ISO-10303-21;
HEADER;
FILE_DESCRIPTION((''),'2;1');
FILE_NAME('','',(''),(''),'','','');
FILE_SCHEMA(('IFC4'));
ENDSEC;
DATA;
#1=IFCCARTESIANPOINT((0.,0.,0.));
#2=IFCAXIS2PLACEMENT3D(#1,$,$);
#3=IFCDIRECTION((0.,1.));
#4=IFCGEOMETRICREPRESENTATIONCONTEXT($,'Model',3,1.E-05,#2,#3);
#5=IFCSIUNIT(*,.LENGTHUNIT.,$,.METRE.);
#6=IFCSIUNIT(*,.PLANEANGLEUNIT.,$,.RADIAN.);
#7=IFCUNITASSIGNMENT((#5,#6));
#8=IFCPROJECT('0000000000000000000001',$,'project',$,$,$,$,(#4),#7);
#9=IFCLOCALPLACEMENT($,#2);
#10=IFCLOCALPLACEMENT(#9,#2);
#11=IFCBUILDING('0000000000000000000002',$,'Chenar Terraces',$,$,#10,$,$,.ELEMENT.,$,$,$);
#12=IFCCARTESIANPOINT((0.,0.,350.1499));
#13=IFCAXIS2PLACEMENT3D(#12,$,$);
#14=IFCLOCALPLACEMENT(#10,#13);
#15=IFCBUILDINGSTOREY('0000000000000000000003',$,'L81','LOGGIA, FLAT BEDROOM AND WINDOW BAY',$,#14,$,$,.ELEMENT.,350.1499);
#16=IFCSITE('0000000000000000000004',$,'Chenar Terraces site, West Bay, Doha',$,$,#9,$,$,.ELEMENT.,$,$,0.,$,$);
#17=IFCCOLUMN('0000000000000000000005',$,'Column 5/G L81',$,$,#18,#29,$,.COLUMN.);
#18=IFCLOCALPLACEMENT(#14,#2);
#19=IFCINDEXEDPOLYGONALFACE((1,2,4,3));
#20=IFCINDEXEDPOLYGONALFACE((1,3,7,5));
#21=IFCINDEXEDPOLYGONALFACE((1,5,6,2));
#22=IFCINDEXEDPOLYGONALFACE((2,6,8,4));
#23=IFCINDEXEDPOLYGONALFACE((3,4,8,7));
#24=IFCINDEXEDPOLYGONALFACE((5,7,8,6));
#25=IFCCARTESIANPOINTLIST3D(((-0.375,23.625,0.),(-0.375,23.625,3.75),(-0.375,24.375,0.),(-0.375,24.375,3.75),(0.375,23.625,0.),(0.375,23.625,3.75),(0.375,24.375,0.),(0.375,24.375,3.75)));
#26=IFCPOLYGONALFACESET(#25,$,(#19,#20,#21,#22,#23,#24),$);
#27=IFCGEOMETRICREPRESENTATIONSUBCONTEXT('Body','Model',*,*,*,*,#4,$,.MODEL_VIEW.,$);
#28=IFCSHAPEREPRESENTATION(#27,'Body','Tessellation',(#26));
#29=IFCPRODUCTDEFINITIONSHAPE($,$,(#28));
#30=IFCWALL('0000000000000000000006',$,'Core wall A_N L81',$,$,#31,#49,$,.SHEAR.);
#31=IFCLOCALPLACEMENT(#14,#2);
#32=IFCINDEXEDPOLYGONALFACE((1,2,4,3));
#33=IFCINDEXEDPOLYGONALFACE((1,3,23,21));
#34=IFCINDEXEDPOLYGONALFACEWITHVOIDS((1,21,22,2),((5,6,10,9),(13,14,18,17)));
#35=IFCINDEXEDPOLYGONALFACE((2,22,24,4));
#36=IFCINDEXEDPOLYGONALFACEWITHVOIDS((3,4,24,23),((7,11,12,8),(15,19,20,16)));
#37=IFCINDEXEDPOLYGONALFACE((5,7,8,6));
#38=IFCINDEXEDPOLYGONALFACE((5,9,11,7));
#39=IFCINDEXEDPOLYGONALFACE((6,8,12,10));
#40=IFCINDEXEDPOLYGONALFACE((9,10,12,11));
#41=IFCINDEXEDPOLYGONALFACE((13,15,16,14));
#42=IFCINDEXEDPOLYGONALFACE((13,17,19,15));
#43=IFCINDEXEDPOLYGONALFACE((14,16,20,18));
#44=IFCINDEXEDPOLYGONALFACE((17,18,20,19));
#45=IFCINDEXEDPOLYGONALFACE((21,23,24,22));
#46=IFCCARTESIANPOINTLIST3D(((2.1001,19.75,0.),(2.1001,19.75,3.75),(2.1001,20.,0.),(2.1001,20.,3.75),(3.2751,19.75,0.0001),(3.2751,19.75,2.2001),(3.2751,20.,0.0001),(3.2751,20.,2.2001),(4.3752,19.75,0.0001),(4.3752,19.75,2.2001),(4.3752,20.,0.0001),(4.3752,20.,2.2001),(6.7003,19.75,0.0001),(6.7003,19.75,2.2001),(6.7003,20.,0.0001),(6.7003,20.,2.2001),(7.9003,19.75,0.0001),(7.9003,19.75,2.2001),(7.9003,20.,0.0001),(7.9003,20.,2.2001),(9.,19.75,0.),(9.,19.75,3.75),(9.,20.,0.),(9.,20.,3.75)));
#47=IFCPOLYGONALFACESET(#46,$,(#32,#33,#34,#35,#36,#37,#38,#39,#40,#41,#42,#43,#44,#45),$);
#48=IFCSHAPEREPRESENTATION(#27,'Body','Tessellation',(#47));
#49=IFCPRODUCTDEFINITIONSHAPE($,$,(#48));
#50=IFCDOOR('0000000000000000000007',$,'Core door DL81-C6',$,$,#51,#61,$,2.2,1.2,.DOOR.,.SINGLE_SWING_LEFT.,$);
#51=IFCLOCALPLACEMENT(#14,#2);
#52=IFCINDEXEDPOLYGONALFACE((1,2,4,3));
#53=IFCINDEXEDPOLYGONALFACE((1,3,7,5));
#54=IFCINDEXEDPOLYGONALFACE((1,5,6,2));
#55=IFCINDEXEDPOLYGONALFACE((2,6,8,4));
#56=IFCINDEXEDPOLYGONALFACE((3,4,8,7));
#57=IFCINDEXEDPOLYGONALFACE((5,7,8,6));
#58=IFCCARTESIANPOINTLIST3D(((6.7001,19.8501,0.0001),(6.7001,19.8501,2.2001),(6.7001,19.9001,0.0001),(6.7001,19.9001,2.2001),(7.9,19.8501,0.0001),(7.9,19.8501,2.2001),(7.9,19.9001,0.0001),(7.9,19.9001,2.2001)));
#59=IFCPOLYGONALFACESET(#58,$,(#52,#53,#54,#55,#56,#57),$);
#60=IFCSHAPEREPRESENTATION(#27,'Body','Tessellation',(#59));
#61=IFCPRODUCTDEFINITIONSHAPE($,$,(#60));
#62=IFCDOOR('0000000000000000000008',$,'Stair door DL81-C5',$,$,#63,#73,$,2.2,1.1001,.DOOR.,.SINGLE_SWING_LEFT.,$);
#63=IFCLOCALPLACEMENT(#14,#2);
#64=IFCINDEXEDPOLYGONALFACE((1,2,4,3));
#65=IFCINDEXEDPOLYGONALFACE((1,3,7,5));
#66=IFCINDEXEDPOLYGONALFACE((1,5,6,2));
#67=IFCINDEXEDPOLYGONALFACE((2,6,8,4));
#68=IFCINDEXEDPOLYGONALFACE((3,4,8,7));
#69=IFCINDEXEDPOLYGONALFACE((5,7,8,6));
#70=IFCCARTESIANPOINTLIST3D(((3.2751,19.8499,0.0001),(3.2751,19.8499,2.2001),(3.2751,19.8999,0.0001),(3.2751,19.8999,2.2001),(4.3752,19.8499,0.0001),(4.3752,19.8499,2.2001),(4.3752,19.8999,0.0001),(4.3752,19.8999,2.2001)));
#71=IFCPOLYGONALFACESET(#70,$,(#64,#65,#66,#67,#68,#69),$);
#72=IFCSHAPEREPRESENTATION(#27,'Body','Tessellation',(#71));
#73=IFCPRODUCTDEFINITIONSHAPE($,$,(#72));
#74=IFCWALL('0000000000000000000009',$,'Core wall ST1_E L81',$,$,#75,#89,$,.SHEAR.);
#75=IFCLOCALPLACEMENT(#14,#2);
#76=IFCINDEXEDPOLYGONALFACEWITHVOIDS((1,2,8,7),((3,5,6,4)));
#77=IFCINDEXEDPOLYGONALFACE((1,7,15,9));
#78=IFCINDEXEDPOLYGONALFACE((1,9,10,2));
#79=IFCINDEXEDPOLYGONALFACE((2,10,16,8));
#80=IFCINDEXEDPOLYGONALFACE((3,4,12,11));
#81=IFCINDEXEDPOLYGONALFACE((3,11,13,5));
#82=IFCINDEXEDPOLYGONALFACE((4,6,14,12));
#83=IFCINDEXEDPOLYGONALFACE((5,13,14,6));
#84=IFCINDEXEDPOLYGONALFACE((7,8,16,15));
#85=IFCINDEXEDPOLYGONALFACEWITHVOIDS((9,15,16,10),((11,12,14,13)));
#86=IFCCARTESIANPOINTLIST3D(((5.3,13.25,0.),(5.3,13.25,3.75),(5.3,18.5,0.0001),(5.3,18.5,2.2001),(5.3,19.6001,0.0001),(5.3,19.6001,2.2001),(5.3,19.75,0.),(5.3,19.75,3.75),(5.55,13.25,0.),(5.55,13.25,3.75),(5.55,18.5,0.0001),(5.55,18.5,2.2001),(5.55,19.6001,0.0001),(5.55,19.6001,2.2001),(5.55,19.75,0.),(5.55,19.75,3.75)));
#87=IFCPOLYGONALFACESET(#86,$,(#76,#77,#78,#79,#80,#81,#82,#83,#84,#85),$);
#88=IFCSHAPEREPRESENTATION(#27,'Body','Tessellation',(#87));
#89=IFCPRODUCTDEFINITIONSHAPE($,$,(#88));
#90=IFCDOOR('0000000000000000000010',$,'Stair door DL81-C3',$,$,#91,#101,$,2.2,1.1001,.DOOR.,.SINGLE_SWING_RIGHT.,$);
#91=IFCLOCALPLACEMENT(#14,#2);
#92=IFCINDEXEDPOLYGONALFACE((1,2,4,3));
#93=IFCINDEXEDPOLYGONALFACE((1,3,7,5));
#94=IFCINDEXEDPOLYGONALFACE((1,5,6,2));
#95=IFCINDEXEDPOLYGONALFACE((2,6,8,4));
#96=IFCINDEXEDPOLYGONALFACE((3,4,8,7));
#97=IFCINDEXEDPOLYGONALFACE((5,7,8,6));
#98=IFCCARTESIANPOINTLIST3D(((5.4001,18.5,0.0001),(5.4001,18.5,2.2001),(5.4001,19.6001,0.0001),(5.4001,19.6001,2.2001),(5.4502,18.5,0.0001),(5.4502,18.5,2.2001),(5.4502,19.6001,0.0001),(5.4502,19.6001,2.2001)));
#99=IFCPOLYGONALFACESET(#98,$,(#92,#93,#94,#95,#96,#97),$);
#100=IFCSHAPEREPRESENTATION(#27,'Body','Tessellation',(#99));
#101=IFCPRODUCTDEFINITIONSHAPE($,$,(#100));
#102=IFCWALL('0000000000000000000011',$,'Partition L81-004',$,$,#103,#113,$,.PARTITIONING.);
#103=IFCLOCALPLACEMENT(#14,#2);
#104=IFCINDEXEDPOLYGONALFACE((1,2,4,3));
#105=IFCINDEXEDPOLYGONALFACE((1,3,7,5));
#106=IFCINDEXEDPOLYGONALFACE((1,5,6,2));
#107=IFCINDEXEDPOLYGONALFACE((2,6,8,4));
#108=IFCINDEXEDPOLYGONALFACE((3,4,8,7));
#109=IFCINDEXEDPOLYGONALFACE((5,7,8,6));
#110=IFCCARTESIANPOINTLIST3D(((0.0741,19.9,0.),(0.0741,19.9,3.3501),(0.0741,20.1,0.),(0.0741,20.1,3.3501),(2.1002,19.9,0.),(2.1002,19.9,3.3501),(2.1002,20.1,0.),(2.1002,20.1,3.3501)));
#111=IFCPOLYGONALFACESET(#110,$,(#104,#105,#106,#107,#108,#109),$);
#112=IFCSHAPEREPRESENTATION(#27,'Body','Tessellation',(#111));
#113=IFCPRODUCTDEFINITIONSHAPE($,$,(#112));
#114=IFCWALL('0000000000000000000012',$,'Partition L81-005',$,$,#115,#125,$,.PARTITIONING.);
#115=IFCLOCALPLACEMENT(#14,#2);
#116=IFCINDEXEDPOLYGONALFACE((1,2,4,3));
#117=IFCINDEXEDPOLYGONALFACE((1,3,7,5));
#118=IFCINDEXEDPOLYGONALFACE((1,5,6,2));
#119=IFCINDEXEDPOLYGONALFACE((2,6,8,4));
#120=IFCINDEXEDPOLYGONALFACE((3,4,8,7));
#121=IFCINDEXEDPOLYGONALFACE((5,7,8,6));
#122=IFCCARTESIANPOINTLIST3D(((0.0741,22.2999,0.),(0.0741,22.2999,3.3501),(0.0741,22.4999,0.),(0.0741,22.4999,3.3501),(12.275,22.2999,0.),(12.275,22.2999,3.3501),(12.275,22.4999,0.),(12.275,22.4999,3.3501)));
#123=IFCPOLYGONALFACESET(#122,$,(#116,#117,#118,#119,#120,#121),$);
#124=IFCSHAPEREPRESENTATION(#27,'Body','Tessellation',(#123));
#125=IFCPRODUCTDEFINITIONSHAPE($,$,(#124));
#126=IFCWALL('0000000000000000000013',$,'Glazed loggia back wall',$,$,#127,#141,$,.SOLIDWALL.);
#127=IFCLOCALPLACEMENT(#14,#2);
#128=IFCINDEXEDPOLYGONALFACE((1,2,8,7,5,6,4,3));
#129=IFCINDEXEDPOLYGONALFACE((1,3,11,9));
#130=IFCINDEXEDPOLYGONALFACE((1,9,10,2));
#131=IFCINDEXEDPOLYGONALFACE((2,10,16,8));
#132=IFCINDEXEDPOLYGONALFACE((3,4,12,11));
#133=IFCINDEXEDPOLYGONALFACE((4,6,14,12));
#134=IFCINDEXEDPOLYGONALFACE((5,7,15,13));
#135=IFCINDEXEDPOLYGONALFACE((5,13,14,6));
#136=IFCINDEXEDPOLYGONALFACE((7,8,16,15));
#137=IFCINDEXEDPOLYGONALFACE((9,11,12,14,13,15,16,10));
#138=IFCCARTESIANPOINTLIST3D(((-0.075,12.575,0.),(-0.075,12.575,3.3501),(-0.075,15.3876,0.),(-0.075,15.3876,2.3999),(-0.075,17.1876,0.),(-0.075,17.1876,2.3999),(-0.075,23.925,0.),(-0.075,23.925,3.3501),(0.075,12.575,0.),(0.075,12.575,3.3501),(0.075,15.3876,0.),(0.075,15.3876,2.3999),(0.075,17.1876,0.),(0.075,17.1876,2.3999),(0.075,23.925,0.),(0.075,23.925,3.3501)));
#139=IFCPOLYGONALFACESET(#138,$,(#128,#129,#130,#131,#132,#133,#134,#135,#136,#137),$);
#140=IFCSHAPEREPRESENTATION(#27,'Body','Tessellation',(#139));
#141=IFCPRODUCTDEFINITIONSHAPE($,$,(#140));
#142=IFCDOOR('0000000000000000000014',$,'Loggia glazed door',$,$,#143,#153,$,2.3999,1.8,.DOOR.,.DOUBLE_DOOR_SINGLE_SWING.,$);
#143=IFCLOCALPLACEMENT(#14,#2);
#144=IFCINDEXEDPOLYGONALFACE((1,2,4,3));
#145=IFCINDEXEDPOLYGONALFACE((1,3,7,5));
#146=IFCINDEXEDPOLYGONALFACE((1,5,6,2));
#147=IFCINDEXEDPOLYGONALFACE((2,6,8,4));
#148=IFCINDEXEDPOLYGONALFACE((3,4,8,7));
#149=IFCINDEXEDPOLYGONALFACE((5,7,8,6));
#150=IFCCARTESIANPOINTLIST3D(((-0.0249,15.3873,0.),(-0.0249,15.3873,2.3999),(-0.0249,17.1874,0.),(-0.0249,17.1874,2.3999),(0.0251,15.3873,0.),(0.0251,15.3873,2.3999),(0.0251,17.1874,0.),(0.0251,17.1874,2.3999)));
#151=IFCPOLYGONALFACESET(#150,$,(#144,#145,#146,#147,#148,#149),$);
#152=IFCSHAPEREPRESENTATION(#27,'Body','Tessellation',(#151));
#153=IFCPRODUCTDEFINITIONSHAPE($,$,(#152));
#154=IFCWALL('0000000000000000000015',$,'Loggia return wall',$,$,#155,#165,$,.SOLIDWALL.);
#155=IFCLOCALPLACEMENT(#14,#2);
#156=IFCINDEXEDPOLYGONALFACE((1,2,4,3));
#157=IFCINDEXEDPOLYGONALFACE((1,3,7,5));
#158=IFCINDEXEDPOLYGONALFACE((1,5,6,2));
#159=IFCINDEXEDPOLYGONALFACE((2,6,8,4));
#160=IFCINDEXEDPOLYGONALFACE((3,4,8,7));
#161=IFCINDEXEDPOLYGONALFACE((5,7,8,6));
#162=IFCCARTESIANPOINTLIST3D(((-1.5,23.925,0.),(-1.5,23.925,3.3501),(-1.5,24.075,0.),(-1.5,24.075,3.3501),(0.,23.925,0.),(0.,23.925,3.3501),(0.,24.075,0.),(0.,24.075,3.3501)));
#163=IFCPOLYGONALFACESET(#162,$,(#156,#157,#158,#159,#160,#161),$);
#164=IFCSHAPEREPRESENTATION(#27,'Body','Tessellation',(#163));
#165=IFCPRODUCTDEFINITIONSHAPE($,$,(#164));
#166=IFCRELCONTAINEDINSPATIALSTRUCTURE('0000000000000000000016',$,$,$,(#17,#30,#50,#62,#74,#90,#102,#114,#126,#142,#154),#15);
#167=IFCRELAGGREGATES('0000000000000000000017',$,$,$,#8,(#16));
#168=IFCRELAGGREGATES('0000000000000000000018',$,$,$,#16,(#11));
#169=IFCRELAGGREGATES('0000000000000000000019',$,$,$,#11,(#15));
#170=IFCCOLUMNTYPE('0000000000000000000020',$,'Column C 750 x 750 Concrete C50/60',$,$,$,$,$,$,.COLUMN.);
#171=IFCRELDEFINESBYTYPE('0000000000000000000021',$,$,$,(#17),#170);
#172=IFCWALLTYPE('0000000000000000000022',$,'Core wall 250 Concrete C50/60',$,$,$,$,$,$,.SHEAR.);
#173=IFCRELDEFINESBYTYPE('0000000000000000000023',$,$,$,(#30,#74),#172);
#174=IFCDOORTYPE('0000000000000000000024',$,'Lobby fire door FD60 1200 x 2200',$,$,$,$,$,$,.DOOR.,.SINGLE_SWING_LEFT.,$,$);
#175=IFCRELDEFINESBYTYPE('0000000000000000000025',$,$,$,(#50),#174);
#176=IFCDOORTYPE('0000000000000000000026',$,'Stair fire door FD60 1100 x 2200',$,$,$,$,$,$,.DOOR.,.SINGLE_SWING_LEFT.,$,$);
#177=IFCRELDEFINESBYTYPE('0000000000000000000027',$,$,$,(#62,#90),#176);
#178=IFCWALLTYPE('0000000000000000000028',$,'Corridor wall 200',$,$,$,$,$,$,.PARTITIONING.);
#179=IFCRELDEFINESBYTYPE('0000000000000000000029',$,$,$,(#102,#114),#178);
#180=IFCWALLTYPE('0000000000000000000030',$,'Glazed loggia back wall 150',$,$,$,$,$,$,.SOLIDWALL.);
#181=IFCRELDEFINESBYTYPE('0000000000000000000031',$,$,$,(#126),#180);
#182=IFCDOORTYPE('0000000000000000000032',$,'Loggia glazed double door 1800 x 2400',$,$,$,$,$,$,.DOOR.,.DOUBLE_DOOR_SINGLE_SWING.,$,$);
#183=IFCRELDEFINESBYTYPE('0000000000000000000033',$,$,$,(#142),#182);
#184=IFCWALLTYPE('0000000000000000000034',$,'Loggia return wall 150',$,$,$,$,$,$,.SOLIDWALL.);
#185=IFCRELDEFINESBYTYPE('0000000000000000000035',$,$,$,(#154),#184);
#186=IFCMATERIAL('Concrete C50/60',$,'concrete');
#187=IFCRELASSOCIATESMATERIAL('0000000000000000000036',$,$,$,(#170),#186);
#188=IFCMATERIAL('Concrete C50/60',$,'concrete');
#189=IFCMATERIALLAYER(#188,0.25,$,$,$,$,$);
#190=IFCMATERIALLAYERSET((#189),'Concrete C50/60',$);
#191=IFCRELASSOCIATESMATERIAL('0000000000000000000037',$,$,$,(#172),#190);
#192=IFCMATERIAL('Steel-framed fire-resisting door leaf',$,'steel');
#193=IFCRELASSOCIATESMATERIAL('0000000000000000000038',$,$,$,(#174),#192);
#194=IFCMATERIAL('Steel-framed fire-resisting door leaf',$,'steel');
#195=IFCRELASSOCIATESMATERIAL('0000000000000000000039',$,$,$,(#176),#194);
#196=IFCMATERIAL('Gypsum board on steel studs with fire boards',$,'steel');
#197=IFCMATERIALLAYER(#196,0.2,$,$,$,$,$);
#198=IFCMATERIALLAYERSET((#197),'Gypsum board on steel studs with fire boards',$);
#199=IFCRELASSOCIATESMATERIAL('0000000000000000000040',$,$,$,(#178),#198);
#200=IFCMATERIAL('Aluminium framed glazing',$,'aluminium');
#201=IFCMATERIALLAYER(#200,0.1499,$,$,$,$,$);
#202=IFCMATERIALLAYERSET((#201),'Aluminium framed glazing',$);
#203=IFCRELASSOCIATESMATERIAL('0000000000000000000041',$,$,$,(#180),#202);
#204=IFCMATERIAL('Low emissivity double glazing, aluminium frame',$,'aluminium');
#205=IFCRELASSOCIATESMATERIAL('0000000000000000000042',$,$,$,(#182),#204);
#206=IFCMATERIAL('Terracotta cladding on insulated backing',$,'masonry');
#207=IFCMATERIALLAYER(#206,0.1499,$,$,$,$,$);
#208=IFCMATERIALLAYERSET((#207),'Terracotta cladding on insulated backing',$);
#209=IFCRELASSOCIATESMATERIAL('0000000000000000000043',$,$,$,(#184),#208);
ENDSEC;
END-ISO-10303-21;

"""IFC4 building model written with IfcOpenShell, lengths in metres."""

from ifc_helpers import new_model, si_unit, direction, frame, frame_2d, origin, origin_2d, place, context, subcontext, project, spatial, rectangle, extrude, material, layer, layer_set, material_profile, profile_set, type_object, element, fill, save


model = new_model("IFC4")

# Units and contexts
model_context = context("Model", 3, precision=1e-05, world=origin(), true_north=direction((0.0, 1.0)))
body_context = subcontext(model_context, "Body", "Model", "MODEL_VIEW")
ifc_project = project(units=[si_unit("LENGTHUNIT", "METRE"), si_unit("PLANEANGLEUNIT", "RADIAN")], contexts=[model_context])

# Site, building, storey
site_placement = place(None, origin())
site = spatial("IfcSite", under=ifc_project, at=site_placement, Name="Chenar Terraces site, West Bay, Doha", CompositionType="ELEMENT", RefElevation=0.0)
building_placement = place(site_placement, origin())
building = spatial("IfcBuilding", under=site, at=building_placement, Name="Chenar Terraces", CompositionType="ELEMENT")
storey_placement = place(building_placement, frame((0.0, 0.0, 350.1499)))
storey = spatial("IfcBuildingStorey", under=building, at=storey_placement, Name="L81", Description="LOGGIA, FLAT BEDROOM AND WINDOW BAY", CompositionType="ELEMENT", Elevation=350.1499)

# Column
ifc_material_1 = material(Name="Concrete C50/60", Category="concrete")
ifc_material_profile = material_profile(ifc_material_1, rectangle(XDim=0.75, YDim=0.75, at=origin_2d()), Name="C 750 x 750")
ifc_profile_set = profile_set([ifc_material_profile], Name="Concrete C50/60")
column_type = type_object("IfcColumnType", Name="Column C 750 x 750 Concrete C50/60", PredefinedType="COLUMN", material=ifc_profile_set)
column_placement = place(storey_placement, frame((0.0, 24.0, 0.0), z_axis=(0.0, 0.0, 1.0), x_axis=(1.0, 0.0, 0.0)))
element("IfcColumn", 1, at=column_placement, inside=storey, type_object=column_type, Name="Column 5/G L81", PredefinedType="COLUMN", context=body_context, shape_type="SweptSolid", body=[
    extrude(rectangle(XDim=0.75, YDim=0.75, at=origin_2d()), origin(), (0.0, 0.0, 1.0), 3.75),
])

# Wall, openings, doors
ifc_material_2 = material(Name="Concrete C50/60", Category="concrete")
ifc_layer_1 = layer(ifc_material_2, 0.25)
ifc_layer_set_1 = layer_set([ifc_layer_1], Name="Concrete C50/60")
wall_type_1 = type_object("IfcWallType", Name="Core wall 250 Concrete C50/60", PredefinedType="SHEAR", material=ifc_layer_set_1)
wall_1_placement = place(storey_placement, frame((2.1001, 19.875, 0.0), z_axis=(0.0, 0.0, 1.0), x_axis=(1.0, 0.0, 0.0)))
wall_1 = element("IfcWall", 2, at=wall_1_placement, inside=storey, type_object=wall_type_1, Name="Core wall A_N L81", PredefinedType="SHEAR", context=body_context, shape_type="SweptSolid", body=[
    extrude(rectangle(XDim=6.8999, YDim=0.25, at=frame_2d((3.45, 0.0))), origin(), (0.0, 0.0, 1.0), 3.75),
])
opening_1_placement = place(wall_1_placement, frame((1.175, 0.0, 0.0)))
opening_1 = element("IfcOpeningElement", 3, at=opening_1_placement, cuts=wall_1, PredefinedType="OPENING", context=body_context, shape_type="SweptSolid", body=[
    extrude(rectangle(XDim=1.1001, YDim=2.2, at=frame_2d((0.55, 1.1001))), frame((0.0, 0.135, 0.0), z_axis=(0.0, -1.0, 0.0), x_axis=(1.0, 0.0, 0.0)), (0.0, 0.0, 1.0), 0.27),
])
opening_2_placement = place(wall_1_placement, frame((4.6001, 0.0, 0.0)))
opening_2 = element("IfcOpeningElement", 4, at=opening_2_placement, cuts=wall_1, PredefinedType="OPENING", context=body_context, shape_type="SweptSolid", body=[
    extrude(rectangle(XDim=1.2, YDim=2.2, at=frame_2d((0.6001, 1.1001))), frame((0.0, 0.135, 0.0), z_axis=(0.0, -1.0, 0.0), x_axis=(1.0, 0.0, 0.0)), (0.0, 0.0, 1.0), 0.27),
])
ifc_material_3 = material(Name="Steel-framed fire-resisting door leaf", Category="steel")
door_type_1 = type_object("IfcDoorType", Name="Lobby fire door FD60 1200 x 2200", OperationType="SINGLE_SWING_LEFT", PredefinedType="DOOR", material=ifc_material_3)
door_1_placement = place(opening_2_placement, frame((1.2, 0.0, 0.0), z_axis=(0.0, 0.0, 1.0), x_axis=(-1.0, 0.0, 0.0)))
door_1 = element("IfcDoor", 5, at=door_1_placement, inside=storey, type_object=door_type_1, Name="Core door DL81-C6", OperationType="SINGLE_SWING_LEFT", OverallHeight=2.2, OverallWidth=1.2, PredefinedType="DOOR", context=body_context, shape_type="SweptSolid", body=[
    extrude(rectangle(XDim=1.2, YDim=2.2, at=frame_2d((0.6001, 1.1001))), frame((0.0, 0.0249, 0.0), z_axis=(0.0, -1.0, 0.0), x_axis=(1.0, 0.0, 0.0)), (0.0, 0.0, 1.0), 0.05),
])
fill(opening_2, door_1)
ifc_material_4 = material(Name="Steel-framed fire-resisting door leaf", Category="steel")
door_type_2 = type_object("IfcDoorType", Name="Stair fire door FD60 1100 x 2200", OperationType="SINGLE_SWING_LEFT", PredefinedType="DOOR", material=ifc_material_4)
door_2_placement = place(opening_1_placement, origin())
door_2 = element("IfcDoor", 6, at=door_2_placement, inside=storey, type_object=door_type_2, Name="Stair door DL81-C5", OperationType="SINGLE_SWING_LEFT", OverallHeight=2.2, OverallWidth=1.1001, PredefinedType="DOOR", context=body_context, shape_type="SweptSolid", body=[
    extrude(rectangle(XDim=1.1001, YDim=2.2, at=frame_2d((0.55, 1.1001))), frame((0.0, 0.0249, 0.0), z_axis=(0.0, -1.0, 0.0), x_axis=(1.0, 0.0, 0.0)), (0.0, 0.0, 1.0), 0.05),
])
fill(opening_1, door_2)

# Wall, opening, door
wall_2_placement = place(storey_placement, frame((5.425, 13.25, 0.0), z_axis=(0.0, 0.0, 1.0), x_axis=(0.0, 1.0, 0.0)))
wall_2 = element("IfcWall", 7, at=wall_2_placement, inside=storey, type_object=wall_type_1, Name="Core wall ST1_E L81", PredefinedType="SHEAR", context=body_context, shape_type="SweptSolid", body=[
    extrude(rectangle(XDim=6.5, YDim=0.25, at=frame_2d((3.25, 0.0))), origin(), (0.0, 0.0, 1.0), 3.75),
])
opening_3_placement = place(wall_2_placement, frame((5.25, 0.0, 0.0)))
opening_3 = element("IfcOpeningElement", 8, at=opening_3_placement, cuts=wall_2, PredefinedType="OPENING", context=body_context, shape_type="SweptSolid", body=[
    extrude(rectangle(XDim=1.1001, YDim=2.2, at=frame_2d((0.55, 1.1001))), frame((0.0, 0.135, 0.0), z_axis=(0.0, -1.0, 0.0), x_axis=(1.0, 0.0, 0.0)), (0.0, 0.0, 1.0), 0.27),
])
door_3_placement = place(opening_3_placement, origin())
door_3 = element("IfcDoor", 9, at=door_3_placement, inside=storey, type_object=door_type_2, Name="Stair door DL81-C3", OperationType="SINGLE_SWING_RIGHT", OverallHeight=2.2, OverallWidth=1.1001, PredefinedType="DOOR", context=body_context, shape_type="SweptSolid", body=[
    extrude(rectangle(XDim=1.1001, YDim=2.2, at=frame_2d((0.55, 1.1001))), frame((0.0, 0.0249, 0.0), z_axis=(0.0, -1.0, 0.0), x_axis=(1.0, 0.0, 0.0)), (0.0, 0.0, 1.0), 0.05),
])
fill(opening_3, door_3)

# Walls
ifc_material_5 = material(Name="Gypsum board on steel studs with fire boards", Category="steel")
ifc_layer_2 = layer(ifc_material_5, 0.2)
ifc_layer_set_2 = layer_set([ifc_layer_2], Name="Gypsum board on steel studs with fire boards")
wall_type_2 = type_object("IfcWallType", Name="Corridor wall 200", PredefinedType="PARTITIONING", material=ifc_layer_set_2)
wall_3_placement = place(storey_placement, frame((0.074, 20.0, 0.0), z_axis=(0.0, 0.0, 1.0), x_axis=(1.0, 0.0, 0.0)))
element("IfcWall", 10, at=wall_3_placement, inside=storey, type_object=wall_type_2, Name="Partition L81-004", PredefinedType="PARTITIONING", context=body_context, shape_type="SweptSolid", body=[
    extrude(rectangle(XDim=2.0261, YDim=0.2, at=frame_2d((1.0132, 0.0))), origin(), (0.0, 0.0, 1.0), 3.3501),
])
wall_4_placement = place(storey_placement, frame((0.074, 22.3999, 0.0), z_axis=(0.0, 0.0, 1.0), x_axis=(1.0, 0.0, 0.0)))
element("IfcWall", 11, at=wall_4_placement, inside=storey, type_object=wall_type_2, Name="Partition L81-005", PredefinedType="PARTITIONING", context=body_context, shape_type="SweptSolid", body=[
    extrude(rectangle(XDim=12.2009, YDim=0.2, at=frame_2d((6.1006, 0.0))), origin(), (0.0, 0.0, 1.0), 3.3501),
])

# Wall, opening, door
ifc_material_6 = material(Name="Aluminium framed glazing", Category="aluminium")
ifc_layer_3 = layer(ifc_material_6, 0.1499)
ifc_layer_set_3 = layer_set([ifc_layer_3], Name="Aluminium framed glazing")
wall_type_3 = type_object("IfcWallType", Name="Glazed loggia back wall 150", PredefinedType="SOLIDWALL", material=ifc_layer_set_3)
wall_5_placement = place(storey_placement, frame((0.0, 23.925, 0.0), z_axis=(0.0, 0.0, 1.0), x_axis=(0.0, -1.0, 0.0)))
wall_5 = element("IfcWall", 12, at=wall_5_placement, inside=storey, type_object=wall_type_3, Name="Glazed loggia back wall", PredefinedType="SOLIDWALL", context=body_context, shape_type="SweptSolid", body=[
    extrude(rectangle(XDim=11.3501, YDim=0.1499, at=frame_2d((5.675, 0.0))), origin(), (0.0, 0.0, 1.0), 3.3501),
])
opening_4_placement = place(wall_5_placement, frame((6.7375, 0.0, 0.0)))
opening_4 = element("IfcOpeningElement", 13, at=opening_4_placement, cuts=wall_5, PredefinedType="OPENING", context=body_context, shape_type="SweptSolid", body=[
    extrude(rectangle(XDim=1.8, YDim=2.3999, at=frame_2d((0.8999, 1.2))), frame((0.0, 0.085, 0.0), z_axis=(0.0, -1.0, 0.0), x_axis=(1.0, 0.0, 0.0)), (0.0, 0.0, 1.0), 0.1699),
])
ifc_material_7 = material(Name="Low emissivity double glazing, aluminium frame", Category="aluminium")
door_type_3 = type_object("IfcDoorType", Name="Loggia glazed double door 1800 x 2400", OperationType="DOUBLE_DOOR_SINGLE_SWING", PredefinedType="DOOR", material=ifc_material_7)
door_4_placement = place(opening_4_placement, frame((1.8, 0.0, 0.0), z_axis=(0.0, 0.0, 1.0), x_axis=(-1.0, 0.0, 0.0)))
door_4 = element("IfcDoor", 14, at=door_4_placement, inside=storey, type_object=door_type_3, Name="Loggia glazed door", OperationType="DOUBLE_DOOR_SINGLE_SWING", OverallHeight=2.3999, OverallWidth=1.8, PredefinedType="DOOR", context=body_context, shape_type="SweptSolid", body=[
    extrude(rectangle(XDim=1.8, YDim=2.3999, at=frame_2d((0.8999, 1.2))), frame((0.0, 0.0249, 0.0), z_axis=(0.0, -1.0, 0.0), x_axis=(1.0, 0.0, 0.0)), (0.0, 0.0, 1.0), 0.05),
])
fill(opening_4, door_4)

# Wall
ifc_material_8 = material(Name="Terracotta cladding on insulated backing", Category="masonry")
ifc_layer_4 = layer(ifc_material_8, 0.1499)
ifc_layer_set_4 = layer_set([ifc_layer_4], Name="Terracotta cladding on insulated backing")
wall_type_4 = type_object("IfcWallType", Name="Loggia return wall 150", PredefinedType="SOLIDWALL", material=ifc_layer_set_4)
wall_6_placement = place(storey_placement, frame((-1.5, 24.0, 0.0), z_axis=(0.0, 0.0, 1.0), x_axis=(1.0, 0.0, 0.0)))
element("IfcWall", 15, at=wall_6_placement, inside=storey, type_object=wall_type_4, Name="Loggia return wall", PredefinedType="SOLIDWALL", context=body_context, shape_type="SweptSolid", body=[
    extrude(rectangle(XDim=1.5, YDim=0.1499, at=frame_2d((0.75, 0.0))), origin(), (0.0, 0.0, 1.0), 3.3501),
])

save(model, "model.ifc")
